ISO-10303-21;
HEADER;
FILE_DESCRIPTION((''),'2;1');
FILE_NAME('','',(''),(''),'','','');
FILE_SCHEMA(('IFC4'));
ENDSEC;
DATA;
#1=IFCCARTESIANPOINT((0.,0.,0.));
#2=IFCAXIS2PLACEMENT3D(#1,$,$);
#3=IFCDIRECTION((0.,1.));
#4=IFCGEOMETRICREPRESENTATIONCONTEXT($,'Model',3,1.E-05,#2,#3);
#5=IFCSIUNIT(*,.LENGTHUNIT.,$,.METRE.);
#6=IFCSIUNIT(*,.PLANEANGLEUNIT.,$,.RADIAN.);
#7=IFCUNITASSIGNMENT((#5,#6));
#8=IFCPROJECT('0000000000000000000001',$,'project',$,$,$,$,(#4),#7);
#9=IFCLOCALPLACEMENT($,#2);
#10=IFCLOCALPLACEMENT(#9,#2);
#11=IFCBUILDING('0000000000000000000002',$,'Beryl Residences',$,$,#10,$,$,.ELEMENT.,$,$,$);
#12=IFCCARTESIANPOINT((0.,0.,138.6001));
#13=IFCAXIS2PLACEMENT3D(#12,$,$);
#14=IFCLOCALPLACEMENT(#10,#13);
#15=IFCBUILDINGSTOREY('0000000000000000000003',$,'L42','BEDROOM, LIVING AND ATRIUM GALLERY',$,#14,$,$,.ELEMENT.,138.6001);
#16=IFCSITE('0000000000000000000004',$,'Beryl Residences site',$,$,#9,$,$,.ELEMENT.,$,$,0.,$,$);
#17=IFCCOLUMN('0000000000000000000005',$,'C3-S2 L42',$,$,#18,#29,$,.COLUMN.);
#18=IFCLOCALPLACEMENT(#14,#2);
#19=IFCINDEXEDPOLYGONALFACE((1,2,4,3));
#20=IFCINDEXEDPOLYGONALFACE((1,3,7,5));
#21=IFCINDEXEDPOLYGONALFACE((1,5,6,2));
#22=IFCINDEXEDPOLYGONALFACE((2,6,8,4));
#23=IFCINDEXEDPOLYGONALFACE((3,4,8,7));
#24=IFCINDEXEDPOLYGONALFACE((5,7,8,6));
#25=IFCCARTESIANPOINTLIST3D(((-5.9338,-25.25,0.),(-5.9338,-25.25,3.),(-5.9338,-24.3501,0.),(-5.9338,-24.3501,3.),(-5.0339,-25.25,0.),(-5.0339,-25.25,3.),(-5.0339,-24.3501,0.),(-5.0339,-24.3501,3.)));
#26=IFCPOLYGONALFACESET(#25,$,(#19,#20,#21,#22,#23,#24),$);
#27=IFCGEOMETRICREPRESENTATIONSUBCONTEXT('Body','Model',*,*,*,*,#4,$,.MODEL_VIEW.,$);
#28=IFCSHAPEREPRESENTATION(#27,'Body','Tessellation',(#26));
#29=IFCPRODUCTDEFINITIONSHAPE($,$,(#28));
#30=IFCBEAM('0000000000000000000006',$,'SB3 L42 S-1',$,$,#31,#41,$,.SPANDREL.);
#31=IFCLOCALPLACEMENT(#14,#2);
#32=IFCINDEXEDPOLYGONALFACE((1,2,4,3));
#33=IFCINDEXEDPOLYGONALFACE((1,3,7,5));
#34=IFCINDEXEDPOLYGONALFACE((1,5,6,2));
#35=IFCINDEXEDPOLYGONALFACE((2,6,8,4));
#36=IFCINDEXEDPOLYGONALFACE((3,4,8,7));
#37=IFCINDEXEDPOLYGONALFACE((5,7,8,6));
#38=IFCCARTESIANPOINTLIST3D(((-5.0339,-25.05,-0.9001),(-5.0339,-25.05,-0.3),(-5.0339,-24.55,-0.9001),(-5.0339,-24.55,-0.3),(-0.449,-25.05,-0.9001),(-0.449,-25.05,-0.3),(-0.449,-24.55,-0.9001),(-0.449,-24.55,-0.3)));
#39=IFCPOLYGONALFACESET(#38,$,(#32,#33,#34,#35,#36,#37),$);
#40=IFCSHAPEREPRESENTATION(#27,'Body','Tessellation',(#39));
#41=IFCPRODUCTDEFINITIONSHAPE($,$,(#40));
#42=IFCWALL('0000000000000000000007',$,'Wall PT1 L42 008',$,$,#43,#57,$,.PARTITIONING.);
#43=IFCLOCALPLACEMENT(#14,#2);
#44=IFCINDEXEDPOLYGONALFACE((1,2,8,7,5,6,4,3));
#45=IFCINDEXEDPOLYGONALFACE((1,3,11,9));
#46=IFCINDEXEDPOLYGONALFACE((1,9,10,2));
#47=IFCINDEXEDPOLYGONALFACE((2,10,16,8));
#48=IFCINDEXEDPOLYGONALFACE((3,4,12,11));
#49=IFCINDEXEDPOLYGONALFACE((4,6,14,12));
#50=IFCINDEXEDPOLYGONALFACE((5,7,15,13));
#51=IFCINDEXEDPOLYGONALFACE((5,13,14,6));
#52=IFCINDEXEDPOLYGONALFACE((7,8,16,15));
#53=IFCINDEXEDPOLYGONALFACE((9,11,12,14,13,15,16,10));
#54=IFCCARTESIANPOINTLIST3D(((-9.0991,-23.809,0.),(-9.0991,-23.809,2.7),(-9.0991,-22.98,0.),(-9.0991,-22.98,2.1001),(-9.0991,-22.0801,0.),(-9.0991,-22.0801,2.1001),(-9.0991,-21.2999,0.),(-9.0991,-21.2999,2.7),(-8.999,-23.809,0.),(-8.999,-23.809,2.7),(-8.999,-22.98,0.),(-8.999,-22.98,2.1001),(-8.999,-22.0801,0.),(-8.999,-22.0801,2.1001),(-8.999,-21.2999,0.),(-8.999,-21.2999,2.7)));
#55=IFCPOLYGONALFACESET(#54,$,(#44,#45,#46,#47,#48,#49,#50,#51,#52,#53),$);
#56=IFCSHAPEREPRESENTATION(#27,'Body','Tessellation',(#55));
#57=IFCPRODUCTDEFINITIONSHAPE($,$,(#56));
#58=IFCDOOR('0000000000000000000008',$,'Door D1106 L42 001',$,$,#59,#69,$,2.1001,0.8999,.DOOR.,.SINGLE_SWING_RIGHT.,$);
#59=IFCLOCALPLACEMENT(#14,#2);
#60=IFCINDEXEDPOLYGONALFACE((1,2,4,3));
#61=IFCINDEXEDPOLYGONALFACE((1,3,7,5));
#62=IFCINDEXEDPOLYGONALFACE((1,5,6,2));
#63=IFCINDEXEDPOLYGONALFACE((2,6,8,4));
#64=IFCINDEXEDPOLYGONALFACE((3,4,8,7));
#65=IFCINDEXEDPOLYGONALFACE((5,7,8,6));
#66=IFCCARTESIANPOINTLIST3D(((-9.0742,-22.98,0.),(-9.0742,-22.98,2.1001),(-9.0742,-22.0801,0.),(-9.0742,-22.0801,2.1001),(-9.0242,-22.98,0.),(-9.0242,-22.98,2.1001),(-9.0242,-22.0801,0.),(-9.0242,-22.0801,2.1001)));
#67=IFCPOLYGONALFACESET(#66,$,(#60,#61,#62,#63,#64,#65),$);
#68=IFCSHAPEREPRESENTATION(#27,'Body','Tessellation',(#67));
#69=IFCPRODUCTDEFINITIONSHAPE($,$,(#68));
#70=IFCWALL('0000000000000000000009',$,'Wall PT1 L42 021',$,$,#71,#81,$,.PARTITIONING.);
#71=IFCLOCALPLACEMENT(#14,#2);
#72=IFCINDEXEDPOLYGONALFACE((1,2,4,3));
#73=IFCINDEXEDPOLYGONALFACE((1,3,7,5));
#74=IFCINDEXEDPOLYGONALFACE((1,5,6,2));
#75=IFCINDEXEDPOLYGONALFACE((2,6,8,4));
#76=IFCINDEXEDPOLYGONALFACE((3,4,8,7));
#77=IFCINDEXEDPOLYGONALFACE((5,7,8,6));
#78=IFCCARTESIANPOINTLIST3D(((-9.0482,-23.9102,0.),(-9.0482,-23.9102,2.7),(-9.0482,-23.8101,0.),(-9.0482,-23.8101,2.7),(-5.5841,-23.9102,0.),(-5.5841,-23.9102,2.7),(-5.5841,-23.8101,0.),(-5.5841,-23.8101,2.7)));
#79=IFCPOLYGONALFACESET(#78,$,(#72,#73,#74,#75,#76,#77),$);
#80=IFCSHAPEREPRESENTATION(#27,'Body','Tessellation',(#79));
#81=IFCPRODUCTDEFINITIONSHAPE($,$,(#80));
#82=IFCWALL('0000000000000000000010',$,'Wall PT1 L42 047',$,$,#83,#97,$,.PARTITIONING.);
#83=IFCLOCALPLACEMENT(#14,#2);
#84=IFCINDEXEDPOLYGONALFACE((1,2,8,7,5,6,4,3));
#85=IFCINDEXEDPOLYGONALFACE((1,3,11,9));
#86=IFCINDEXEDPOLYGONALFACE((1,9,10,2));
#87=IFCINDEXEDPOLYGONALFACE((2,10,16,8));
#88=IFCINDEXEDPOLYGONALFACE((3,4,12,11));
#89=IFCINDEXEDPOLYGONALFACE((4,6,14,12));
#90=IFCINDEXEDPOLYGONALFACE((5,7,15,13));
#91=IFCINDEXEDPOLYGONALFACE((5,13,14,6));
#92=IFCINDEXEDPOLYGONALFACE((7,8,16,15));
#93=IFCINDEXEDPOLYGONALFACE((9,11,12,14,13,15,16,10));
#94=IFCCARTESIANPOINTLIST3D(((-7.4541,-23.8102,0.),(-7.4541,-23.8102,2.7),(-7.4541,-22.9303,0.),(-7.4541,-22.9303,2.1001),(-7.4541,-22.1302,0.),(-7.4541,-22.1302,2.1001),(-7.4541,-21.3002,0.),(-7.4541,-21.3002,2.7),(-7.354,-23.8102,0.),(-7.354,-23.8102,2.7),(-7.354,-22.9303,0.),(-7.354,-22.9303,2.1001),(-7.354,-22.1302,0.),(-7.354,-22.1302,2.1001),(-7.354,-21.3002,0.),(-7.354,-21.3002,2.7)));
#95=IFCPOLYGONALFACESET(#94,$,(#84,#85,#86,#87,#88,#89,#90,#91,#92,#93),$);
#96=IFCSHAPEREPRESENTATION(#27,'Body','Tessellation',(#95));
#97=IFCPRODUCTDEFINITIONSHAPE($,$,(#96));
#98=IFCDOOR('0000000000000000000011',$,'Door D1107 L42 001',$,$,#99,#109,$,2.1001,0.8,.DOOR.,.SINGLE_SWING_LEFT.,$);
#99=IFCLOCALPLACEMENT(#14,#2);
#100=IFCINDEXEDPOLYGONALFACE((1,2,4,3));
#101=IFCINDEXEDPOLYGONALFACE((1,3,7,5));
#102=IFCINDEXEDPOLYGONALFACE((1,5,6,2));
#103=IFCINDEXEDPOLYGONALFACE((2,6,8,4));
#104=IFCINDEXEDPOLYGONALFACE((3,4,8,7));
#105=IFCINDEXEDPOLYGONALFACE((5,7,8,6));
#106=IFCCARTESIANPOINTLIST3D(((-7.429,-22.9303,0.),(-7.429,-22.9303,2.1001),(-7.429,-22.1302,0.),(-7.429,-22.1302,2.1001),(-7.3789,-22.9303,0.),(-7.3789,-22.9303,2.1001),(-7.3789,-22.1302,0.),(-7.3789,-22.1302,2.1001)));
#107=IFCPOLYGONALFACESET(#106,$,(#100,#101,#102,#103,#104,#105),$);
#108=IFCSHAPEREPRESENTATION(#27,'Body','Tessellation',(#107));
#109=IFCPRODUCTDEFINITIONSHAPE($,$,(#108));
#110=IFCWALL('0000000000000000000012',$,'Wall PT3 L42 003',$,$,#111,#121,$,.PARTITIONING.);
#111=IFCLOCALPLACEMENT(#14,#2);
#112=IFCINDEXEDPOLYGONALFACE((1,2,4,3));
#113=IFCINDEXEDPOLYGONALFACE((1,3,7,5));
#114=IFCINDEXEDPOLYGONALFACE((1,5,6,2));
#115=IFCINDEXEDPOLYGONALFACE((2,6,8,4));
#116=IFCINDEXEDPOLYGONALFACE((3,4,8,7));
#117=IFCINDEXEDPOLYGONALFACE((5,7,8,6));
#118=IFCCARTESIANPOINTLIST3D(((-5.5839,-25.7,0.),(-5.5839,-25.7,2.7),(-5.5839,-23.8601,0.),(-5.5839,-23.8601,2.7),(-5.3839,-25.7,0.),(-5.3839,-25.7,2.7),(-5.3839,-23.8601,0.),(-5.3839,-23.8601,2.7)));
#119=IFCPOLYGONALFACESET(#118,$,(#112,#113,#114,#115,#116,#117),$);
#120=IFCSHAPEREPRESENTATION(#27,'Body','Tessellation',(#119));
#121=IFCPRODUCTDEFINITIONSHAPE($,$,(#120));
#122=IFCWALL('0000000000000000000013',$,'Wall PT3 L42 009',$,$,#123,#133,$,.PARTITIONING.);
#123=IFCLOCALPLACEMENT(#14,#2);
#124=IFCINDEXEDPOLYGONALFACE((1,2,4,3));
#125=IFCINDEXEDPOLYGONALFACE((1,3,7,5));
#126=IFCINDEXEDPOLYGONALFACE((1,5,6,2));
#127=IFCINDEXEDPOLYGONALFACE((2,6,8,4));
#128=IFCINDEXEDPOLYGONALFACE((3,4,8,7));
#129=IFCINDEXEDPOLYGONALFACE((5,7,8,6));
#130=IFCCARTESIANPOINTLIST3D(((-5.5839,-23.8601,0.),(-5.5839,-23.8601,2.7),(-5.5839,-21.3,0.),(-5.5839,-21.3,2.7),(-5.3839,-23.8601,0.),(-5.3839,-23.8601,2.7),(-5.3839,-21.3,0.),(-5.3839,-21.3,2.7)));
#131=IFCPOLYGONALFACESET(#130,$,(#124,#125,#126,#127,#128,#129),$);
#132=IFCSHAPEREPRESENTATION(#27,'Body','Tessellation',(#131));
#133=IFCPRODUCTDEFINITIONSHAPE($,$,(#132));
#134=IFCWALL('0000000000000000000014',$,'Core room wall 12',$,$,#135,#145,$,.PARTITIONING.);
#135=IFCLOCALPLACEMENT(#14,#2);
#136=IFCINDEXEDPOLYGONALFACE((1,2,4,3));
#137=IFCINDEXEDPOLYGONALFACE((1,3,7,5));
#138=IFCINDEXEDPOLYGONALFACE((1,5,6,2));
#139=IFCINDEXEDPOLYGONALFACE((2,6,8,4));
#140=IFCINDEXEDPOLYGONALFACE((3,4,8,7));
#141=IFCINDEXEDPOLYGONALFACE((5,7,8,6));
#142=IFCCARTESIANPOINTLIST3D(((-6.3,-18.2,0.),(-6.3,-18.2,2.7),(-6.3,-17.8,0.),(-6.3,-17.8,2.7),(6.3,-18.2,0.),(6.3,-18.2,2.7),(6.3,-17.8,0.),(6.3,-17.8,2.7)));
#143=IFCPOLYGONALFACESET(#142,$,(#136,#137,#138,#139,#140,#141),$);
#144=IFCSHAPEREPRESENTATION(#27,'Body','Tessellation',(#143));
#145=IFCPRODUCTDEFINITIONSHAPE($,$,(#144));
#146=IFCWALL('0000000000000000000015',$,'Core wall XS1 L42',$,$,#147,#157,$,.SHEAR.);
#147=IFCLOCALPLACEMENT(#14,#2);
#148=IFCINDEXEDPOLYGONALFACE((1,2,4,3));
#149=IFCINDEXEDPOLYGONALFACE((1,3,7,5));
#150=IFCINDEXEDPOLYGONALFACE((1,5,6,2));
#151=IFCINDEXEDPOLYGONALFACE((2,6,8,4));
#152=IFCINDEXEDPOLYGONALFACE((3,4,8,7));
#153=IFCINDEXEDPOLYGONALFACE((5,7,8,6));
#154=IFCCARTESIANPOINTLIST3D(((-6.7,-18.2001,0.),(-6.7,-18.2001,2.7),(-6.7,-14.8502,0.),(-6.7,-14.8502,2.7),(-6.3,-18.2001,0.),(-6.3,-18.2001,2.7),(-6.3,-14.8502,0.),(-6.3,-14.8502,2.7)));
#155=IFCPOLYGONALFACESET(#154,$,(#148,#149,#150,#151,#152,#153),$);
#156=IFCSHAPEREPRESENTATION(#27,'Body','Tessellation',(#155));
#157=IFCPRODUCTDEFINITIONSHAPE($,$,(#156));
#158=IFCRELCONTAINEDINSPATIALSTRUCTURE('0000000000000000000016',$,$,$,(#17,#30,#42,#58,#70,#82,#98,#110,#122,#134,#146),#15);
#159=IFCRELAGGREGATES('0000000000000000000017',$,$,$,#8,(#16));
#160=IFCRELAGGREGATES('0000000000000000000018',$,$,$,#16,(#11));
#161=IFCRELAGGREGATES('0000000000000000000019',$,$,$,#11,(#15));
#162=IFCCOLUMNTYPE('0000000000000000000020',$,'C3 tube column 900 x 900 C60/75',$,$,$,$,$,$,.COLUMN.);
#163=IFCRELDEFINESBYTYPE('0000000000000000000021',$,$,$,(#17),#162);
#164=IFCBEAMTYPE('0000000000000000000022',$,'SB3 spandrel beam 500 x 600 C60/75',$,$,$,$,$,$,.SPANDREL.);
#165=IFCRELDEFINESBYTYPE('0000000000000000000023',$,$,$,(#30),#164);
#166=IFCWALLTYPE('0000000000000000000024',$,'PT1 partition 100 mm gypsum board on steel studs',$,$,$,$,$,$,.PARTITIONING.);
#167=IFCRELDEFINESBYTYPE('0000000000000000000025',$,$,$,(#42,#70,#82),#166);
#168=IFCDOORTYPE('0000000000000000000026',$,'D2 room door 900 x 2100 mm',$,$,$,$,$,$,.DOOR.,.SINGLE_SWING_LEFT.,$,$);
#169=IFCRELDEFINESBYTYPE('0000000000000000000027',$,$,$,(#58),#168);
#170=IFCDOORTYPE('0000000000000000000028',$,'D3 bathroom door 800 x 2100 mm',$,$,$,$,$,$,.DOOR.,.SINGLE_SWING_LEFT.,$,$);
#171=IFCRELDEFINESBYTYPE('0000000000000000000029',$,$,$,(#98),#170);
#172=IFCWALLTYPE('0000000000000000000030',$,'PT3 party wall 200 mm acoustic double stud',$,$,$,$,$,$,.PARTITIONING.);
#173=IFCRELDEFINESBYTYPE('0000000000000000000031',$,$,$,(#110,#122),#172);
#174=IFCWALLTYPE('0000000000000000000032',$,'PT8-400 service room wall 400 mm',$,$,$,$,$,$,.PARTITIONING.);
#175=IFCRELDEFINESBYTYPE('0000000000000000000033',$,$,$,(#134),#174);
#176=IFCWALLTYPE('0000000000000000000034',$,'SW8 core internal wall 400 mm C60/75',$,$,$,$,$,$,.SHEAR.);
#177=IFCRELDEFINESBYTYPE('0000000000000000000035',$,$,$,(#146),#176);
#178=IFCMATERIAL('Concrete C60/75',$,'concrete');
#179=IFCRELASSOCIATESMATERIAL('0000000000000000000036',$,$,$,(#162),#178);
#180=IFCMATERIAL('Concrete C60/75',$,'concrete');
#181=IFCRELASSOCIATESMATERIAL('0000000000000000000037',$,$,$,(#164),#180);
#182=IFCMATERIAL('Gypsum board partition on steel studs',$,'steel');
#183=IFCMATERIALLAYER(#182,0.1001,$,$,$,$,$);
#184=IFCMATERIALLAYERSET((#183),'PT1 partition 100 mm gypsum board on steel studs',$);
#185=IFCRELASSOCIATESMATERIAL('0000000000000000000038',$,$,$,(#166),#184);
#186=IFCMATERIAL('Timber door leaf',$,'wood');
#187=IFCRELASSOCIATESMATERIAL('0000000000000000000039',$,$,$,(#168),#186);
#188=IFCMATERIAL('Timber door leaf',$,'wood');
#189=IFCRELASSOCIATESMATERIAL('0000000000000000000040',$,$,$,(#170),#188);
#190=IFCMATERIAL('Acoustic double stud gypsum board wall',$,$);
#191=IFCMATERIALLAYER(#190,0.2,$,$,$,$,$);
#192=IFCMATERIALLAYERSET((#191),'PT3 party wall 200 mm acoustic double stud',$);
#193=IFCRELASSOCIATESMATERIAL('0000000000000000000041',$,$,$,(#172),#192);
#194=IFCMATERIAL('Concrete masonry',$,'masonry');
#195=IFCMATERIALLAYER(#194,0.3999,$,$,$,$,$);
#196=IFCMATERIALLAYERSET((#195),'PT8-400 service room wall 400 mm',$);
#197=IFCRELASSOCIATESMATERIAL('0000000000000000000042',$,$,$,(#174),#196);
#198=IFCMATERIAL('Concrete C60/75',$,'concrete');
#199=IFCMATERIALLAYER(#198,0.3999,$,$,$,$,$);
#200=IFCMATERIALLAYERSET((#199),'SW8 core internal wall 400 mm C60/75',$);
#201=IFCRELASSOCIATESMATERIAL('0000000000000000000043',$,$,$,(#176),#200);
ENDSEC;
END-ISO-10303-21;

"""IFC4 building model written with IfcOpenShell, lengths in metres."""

from ifc_helpers import new_model, si_unit, direction, frame, frame_2d, origin, origin_2d, place, context, subcontext, project, spatial, rectangle, extrude, material, layer, layer_set, material_profile, profile_set, type_object, element, fill, save


model = new_model("IFC4")

# Units and contexts
model_context = context("Model", 3, precision=1e-05, world=origin(), true_north=direction((0.0, 1.0)))
body_context = subcontext(model_context, "Body", "Model", "MODEL_VIEW")
ifc_project = project(units=[si_unit("LENGTHUNIT", "METRE"), si_unit("PLANEANGLEUNIT", "RADIAN")], contexts=[model_context])

# Site, building, storey
site_placement = place(None, origin())
site = spatial("IfcSite", under=ifc_project, at=site_placement, Name="Beryl Residences site", CompositionType="ELEMENT", RefElevation=0.0)
building_placement = place(site_placement, origin())
building = spatial("IfcBuilding", under=site, at=building_placement, Name="Beryl Residences", CompositionType="ELEMENT")
storey_placement = place(building_placement, frame((0.0, 0.0, 138.6001)))
storey = spatial("IfcBuildingStorey", under=building, at=storey_placement, Name="L42", Description="BEDROOM, LIVING AND ATRIUM GALLERY", CompositionType="ELEMENT", Elevation=138.6001)

# Column
ifc_material_1 = material(Name="Concrete C60/75", Category="concrete")
ifc_material_profile_1 = material_profile(ifc_material_1, rectangle(XDim=0.8999, YDim=0.8999, at=origin_2d()))
ifc_profile_set_1 = profile_set([ifc_material_profile_1], Name="Concrete C60/75")
column_type = type_object("IfcColumnType", Name="C3 tube column 900 x 900 C60/75", PredefinedType="COLUMN", material=ifc_profile_set_1)
column_placement = place(storey_placement, frame((-5.4839, -24.8, 0.0), z_axis=(0.0, 0.0, 1.0), x_axis=(1.0, 0.0, 0.0)))
element("IfcColumn", 1, at=column_placement, inside=storey, type_object=column_type, Name="C3-S2 L42", PredefinedType="COLUMN", context=body_context, shape_type="SweptSolid", body=[
    extrude(rectangle(XDim=0.8999, YDim=0.8999, at=origin_2d()), origin(), (0.0, 0.0, 1.0), 3.0),
])

# Beam
ifc_material_2 = material(Name="Concrete C60/75", Category="concrete")
ifc_material_profile_2 = material_profile(ifc_material_2, rectangle(XDim=0.5, YDim=0.6001, at=origin_2d()))
ifc_profile_set_2 = profile_set([ifc_material_profile_2], Name="Concrete C60/75")
beam_type = type_object("IfcBeamType", Name="SB3 spandrel beam 500 x 600 C60/75", PredefinedType="SPANDREL", material=ifc_profile_set_2)
beam_placement = place(storey_placement, frame((-5.0339, -24.8, -0.6001), z_axis=(1.0, 0.0, 0.0), x_axis=(0.0, 1.0, 0.0)))
element("IfcBeam", 2, at=beam_placement, inside=storey, type_object=beam_type, Name="SB3 L42 S-1", PredefinedType="SPANDREL", context=body_context, shape_type="SweptSolid", body=[
    extrude(rectangle(XDim=0.5, YDim=0.6001, at=origin_2d()), origin(), (0.0, 0.0, 1.0), 4.585),
])

# Wall, opening, door
ifc_material_3 = material(Name="Gypsum board partition on steel studs", Category="steel")
ifc_layer_1 = layer(ifc_material_3, 0.1001)
ifc_layer_set_1 = layer_set([ifc_layer_1], Name="PT1 partition 100 mm gypsum board on steel studs")
wall_type_1 = type_object("IfcWallType", Name="PT1 partition 100 mm gypsum board on steel studs", PredefinedType="PARTITIONING", material=ifc_layer_set_1)
wall_1_placement = place(storey_placement, frame((-9.0491, -21.3, 0.0), z_axis=(0.0, 0.0, 1.0), x_axis=(0.0, -1.0, 0.0)))
wall_1 = element("IfcWall", 3, at=wall_1_placement, inside=storey, type_object=wall_type_1, Name="Wall PT1 L42 008", PredefinedType="PARTITIONING", context=body_context, shape_type="SweptSolid", body=[
    extrude(rectangle(XDim=2.509, YDim=0.1001, at=frame_2d((1.2544, 0.0))), origin(), (0.0, 0.0, 1.0), 2.7),
])
opening_1_placement = place(wall_1_placement, frame((0.78, 0.0, 0.0)))
opening_1 = element("IfcOpeningElement", 4, at=opening_1_placement, cuts=wall_1, PredefinedType="OPENING", context=body_context, shape_type="SweptSolid", body=[
    extrude(rectangle(XDim=0.8999, YDim=2.1001, at=frame_2d((0.45, 1.05))), frame((0.0, 0.0601, 0.0), z_axis=(0.0, -1.0, 0.0), x_axis=(1.0, 0.0, 0.0)), (0.0, 0.0, 1.0), 0.1201),
])
ifc_material_4 = material(Name="Timber door leaf", Category="wood")
door_type_1 = type_object("IfcDoorType", Name="D2 room door 900 x 2100 mm", OperationType="SINGLE_SWING_LEFT", PredefinedType="DOOR", material=ifc_material_4)
door_1_placement = place(opening_1_placement, origin())
door_1 = element("IfcDoor", 5, at=door_1_placement, inside=storey, type_object=door_type_1, Name="Door D1106 L42 001", OperationType="SINGLE_SWING_RIGHT", OverallHeight=2.1001, OverallWidth=0.8999, PredefinedType="DOOR", context=body_context, shape_type="SweptSolid", body=[
    extrude(rectangle(XDim=0.8999, YDim=2.1001, at=frame_2d((0.45, 1.05))), frame((0.0, 0.0249, 0.0), z_axis=(0.0, -1.0, 0.0), x_axis=(1.0, 0.0, 0.0)), (0.0, 0.0, 1.0), 0.05),
])
fill(opening_1, door_1)

# Wall
wall_2_placement = place(storey_placement, frame((-9.0481, -23.8601, 0.0), z_axis=(0.0, 0.0, 1.0), x_axis=(1.0, 0.0, 0.0)))
element("IfcWall", 6, at=wall_2_placement, inside=storey, type_object=wall_type_1, Name="Wall PT1 L42 021", PredefinedType="PARTITIONING", context=body_context, shape_type="SweptSolid", body=[
    extrude(rectangle(XDim=3.4641, YDim=0.1001, at=frame_2d((1.7319, 0.0))), origin(), (0.0, 0.0, 1.0), 2.7),
])

# Wall, opening, door
wall_3_placement = place(storey_placement, frame((-7.4041, -23.8101, 0.0), z_axis=(0.0, 0.0, 1.0), x_axis=(0.0, 1.0, 0.0)))
wall_3 = element("IfcWall", 7, at=wall_3_placement, inside=storey, type_object=wall_type_1, Name="Wall PT1 L42 047", PredefinedType="PARTITIONING", context=body_context, shape_type="SweptSolid", body=[
    extrude(rectangle(XDim=2.51, YDim=0.1001, at=frame_2d((1.2549, 0.0))), origin(), (0.0, 0.0, 1.0), 2.7),
])
opening_2_placement = place(wall_3_placement, frame((0.8799, 0.0, 0.0)))
opening_2 = element("IfcOpeningElement", 8, at=opening_2_placement, cuts=wall_3, PredefinedType="OPENING", context=body_context, shape_type="SweptSolid", body=[
    extrude(rectangle(XDim=0.8, YDim=2.1001, at=frame_2d((0.3999, 1.05))), frame((0.0, 0.0601, 0.0), z_axis=(0.0, -1.0, 0.0), x_axis=(1.0, 0.0, 0.0)), (0.0, 0.0, 1.0), 0.1201),
])
ifc_material_5 = material(Name="Timber door leaf", Category="wood")
door_type_2 = type_object("IfcDoorType", Name="D3 bathroom door 800 x 2100 mm", OperationType="SINGLE_SWING_LEFT", PredefinedType="DOOR", material=ifc_material_5)
door_2_placement = place(opening_2_placement, origin())
door_2 = element("IfcDoor", 9, at=door_2_placement, inside=storey, type_object=door_type_2, Name="Door D1107 L42 001", OperationType="SINGLE_SWING_LEFT", OverallHeight=2.1001, OverallWidth=0.8, PredefinedType="DOOR", context=body_context, shape_type="SweptSolid", body=[
    extrude(rectangle(XDim=0.8, YDim=2.1001, at=frame_2d((0.3999, 1.05))), frame((0.0, 0.0249, 0.0), z_axis=(0.0, -1.0, 0.0), x_axis=(1.0, 0.0, 0.0)), (0.0, 0.0, 1.0), 0.05),
])
fill(opening_2, door_2)

# Walls
ifc_material_6 = material(Name="Acoustic double stud gypsum board wall")
ifc_layer_2 = layer(ifc_material_6, 0.2)
ifc_layer_set_2 = layer_set([ifc_layer_2], Name="PT3 party wall 200 mm acoustic double stud")
wall_type_2 = type_object("IfcWallType", Name="PT3 party wall 200 mm acoustic double stud", PredefinedType="PARTITIONING", material=ifc_layer_set_2)
wall_4_placement = place(storey_placement, frame((-5.4839, -23.8601, 0.0), z_axis=(0.0, 0.0, 1.0), x_axis=(0.0, -1.0, 0.0)))
element("IfcWall", 10, at=wall_4_placement, inside=storey, type_object=wall_type_2, Name="Wall PT3 L42 003", PredefinedType="PARTITIONING", context=body_context, shape_type="SweptSolid", body=[
    extrude(rectangle(XDim=1.8398, YDim=0.2, at=frame_2d((0.9199, 0.0))), origin(), (0.0, 0.0, 1.0), 2.7),
])
wall_5_placement = place(storey_placement, frame((-5.4839, -23.8601, 0.0), z_axis=(0.0, 0.0, 1.0), x_axis=(0.0, 1.0, 0.0)))
element("IfcWall", 11, at=wall_5_placement, inside=storey, type_object=wall_type_2, Name="Wall PT3 L42 009", PredefinedType="PARTITIONING", context=body_context, shape_type="SweptSolid", body=[
    extrude(rectangle(XDim=2.5601, YDim=0.2, at=frame_2d((1.28, 0.0))), origin(), (0.0, 0.0, 1.0), 2.7),
])
ifc_material_7 = material(Name="Concrete masonry", Category="masonry")
ifc_layer_3 = layer(ifc_material_7, 0.3999)
ifc_layer_set_3 = layer_set([ifc_layer_3], Name="PT8-400 service room wall 400 mm")
wall_type_3 = type_object("IfcWallType", Name="PT8-400 service room wall 400 mm", PredefinedType="PARTITIONING", material=ifc_layer_set_3)
wall_6_placement = place(storey_placement, frame((-6.3, -18.0, 0.0), z_axis=(0.0, 0.0, 1.0), x_axis=(1.0, 0.0, 0.0)))
element("IfcWall", 12, at=wall_6_placement, inside=storey, type_object=wall_type_3, Name="Core room wall 12", PredefinedType="PARTITIONING", context=body_context, shape_type="SweptSolid", body=[
    extrude(rectangle(XDim=12.6001, YDim=0.3999, at=frame_2d((6.3, 0.0))), origin(), (0.0, 0.0, 1.0), 2.7),
])
ifc_material_8 = material(Name="Concrete C60/75", Category="concrete")
ifc_layer_4 = layer(ifc_material_8, 0.3999)
ifc_layer_set_4 = layer_set([ifc_layer_4], Name="SW8 core internal wall 400 mm C60/75")
wall_type_4 = type_object("IfcWallType", Name="SW8 core internal wall 400 mm C60/75", PredefinedType="SHEAR", material=ifc_layer_set_4)
wall_7_placement = place(storey_placement, frame((-6.5, -18.2, 0.0), z_axis=(0.0, 0.0, 1.0), x_axis=(0.0, 1.0, 0.0)))
element("IfcWall", 13, at=wall_7_placement, inside=storey, type_object=wall_type_4, Name="Core wall XS1 L42", PredefinedType="SHEAR", context=body_context, shape_type="SweptSolid", body=[
    extrude(rectangle(XDim=3.3499, YDim=0.3999, at=frame_2d((1.6748, 0.0))), origin(), (0.0, 0.0, 1.0), 2.7),
])

save(model, "model.ifc")
